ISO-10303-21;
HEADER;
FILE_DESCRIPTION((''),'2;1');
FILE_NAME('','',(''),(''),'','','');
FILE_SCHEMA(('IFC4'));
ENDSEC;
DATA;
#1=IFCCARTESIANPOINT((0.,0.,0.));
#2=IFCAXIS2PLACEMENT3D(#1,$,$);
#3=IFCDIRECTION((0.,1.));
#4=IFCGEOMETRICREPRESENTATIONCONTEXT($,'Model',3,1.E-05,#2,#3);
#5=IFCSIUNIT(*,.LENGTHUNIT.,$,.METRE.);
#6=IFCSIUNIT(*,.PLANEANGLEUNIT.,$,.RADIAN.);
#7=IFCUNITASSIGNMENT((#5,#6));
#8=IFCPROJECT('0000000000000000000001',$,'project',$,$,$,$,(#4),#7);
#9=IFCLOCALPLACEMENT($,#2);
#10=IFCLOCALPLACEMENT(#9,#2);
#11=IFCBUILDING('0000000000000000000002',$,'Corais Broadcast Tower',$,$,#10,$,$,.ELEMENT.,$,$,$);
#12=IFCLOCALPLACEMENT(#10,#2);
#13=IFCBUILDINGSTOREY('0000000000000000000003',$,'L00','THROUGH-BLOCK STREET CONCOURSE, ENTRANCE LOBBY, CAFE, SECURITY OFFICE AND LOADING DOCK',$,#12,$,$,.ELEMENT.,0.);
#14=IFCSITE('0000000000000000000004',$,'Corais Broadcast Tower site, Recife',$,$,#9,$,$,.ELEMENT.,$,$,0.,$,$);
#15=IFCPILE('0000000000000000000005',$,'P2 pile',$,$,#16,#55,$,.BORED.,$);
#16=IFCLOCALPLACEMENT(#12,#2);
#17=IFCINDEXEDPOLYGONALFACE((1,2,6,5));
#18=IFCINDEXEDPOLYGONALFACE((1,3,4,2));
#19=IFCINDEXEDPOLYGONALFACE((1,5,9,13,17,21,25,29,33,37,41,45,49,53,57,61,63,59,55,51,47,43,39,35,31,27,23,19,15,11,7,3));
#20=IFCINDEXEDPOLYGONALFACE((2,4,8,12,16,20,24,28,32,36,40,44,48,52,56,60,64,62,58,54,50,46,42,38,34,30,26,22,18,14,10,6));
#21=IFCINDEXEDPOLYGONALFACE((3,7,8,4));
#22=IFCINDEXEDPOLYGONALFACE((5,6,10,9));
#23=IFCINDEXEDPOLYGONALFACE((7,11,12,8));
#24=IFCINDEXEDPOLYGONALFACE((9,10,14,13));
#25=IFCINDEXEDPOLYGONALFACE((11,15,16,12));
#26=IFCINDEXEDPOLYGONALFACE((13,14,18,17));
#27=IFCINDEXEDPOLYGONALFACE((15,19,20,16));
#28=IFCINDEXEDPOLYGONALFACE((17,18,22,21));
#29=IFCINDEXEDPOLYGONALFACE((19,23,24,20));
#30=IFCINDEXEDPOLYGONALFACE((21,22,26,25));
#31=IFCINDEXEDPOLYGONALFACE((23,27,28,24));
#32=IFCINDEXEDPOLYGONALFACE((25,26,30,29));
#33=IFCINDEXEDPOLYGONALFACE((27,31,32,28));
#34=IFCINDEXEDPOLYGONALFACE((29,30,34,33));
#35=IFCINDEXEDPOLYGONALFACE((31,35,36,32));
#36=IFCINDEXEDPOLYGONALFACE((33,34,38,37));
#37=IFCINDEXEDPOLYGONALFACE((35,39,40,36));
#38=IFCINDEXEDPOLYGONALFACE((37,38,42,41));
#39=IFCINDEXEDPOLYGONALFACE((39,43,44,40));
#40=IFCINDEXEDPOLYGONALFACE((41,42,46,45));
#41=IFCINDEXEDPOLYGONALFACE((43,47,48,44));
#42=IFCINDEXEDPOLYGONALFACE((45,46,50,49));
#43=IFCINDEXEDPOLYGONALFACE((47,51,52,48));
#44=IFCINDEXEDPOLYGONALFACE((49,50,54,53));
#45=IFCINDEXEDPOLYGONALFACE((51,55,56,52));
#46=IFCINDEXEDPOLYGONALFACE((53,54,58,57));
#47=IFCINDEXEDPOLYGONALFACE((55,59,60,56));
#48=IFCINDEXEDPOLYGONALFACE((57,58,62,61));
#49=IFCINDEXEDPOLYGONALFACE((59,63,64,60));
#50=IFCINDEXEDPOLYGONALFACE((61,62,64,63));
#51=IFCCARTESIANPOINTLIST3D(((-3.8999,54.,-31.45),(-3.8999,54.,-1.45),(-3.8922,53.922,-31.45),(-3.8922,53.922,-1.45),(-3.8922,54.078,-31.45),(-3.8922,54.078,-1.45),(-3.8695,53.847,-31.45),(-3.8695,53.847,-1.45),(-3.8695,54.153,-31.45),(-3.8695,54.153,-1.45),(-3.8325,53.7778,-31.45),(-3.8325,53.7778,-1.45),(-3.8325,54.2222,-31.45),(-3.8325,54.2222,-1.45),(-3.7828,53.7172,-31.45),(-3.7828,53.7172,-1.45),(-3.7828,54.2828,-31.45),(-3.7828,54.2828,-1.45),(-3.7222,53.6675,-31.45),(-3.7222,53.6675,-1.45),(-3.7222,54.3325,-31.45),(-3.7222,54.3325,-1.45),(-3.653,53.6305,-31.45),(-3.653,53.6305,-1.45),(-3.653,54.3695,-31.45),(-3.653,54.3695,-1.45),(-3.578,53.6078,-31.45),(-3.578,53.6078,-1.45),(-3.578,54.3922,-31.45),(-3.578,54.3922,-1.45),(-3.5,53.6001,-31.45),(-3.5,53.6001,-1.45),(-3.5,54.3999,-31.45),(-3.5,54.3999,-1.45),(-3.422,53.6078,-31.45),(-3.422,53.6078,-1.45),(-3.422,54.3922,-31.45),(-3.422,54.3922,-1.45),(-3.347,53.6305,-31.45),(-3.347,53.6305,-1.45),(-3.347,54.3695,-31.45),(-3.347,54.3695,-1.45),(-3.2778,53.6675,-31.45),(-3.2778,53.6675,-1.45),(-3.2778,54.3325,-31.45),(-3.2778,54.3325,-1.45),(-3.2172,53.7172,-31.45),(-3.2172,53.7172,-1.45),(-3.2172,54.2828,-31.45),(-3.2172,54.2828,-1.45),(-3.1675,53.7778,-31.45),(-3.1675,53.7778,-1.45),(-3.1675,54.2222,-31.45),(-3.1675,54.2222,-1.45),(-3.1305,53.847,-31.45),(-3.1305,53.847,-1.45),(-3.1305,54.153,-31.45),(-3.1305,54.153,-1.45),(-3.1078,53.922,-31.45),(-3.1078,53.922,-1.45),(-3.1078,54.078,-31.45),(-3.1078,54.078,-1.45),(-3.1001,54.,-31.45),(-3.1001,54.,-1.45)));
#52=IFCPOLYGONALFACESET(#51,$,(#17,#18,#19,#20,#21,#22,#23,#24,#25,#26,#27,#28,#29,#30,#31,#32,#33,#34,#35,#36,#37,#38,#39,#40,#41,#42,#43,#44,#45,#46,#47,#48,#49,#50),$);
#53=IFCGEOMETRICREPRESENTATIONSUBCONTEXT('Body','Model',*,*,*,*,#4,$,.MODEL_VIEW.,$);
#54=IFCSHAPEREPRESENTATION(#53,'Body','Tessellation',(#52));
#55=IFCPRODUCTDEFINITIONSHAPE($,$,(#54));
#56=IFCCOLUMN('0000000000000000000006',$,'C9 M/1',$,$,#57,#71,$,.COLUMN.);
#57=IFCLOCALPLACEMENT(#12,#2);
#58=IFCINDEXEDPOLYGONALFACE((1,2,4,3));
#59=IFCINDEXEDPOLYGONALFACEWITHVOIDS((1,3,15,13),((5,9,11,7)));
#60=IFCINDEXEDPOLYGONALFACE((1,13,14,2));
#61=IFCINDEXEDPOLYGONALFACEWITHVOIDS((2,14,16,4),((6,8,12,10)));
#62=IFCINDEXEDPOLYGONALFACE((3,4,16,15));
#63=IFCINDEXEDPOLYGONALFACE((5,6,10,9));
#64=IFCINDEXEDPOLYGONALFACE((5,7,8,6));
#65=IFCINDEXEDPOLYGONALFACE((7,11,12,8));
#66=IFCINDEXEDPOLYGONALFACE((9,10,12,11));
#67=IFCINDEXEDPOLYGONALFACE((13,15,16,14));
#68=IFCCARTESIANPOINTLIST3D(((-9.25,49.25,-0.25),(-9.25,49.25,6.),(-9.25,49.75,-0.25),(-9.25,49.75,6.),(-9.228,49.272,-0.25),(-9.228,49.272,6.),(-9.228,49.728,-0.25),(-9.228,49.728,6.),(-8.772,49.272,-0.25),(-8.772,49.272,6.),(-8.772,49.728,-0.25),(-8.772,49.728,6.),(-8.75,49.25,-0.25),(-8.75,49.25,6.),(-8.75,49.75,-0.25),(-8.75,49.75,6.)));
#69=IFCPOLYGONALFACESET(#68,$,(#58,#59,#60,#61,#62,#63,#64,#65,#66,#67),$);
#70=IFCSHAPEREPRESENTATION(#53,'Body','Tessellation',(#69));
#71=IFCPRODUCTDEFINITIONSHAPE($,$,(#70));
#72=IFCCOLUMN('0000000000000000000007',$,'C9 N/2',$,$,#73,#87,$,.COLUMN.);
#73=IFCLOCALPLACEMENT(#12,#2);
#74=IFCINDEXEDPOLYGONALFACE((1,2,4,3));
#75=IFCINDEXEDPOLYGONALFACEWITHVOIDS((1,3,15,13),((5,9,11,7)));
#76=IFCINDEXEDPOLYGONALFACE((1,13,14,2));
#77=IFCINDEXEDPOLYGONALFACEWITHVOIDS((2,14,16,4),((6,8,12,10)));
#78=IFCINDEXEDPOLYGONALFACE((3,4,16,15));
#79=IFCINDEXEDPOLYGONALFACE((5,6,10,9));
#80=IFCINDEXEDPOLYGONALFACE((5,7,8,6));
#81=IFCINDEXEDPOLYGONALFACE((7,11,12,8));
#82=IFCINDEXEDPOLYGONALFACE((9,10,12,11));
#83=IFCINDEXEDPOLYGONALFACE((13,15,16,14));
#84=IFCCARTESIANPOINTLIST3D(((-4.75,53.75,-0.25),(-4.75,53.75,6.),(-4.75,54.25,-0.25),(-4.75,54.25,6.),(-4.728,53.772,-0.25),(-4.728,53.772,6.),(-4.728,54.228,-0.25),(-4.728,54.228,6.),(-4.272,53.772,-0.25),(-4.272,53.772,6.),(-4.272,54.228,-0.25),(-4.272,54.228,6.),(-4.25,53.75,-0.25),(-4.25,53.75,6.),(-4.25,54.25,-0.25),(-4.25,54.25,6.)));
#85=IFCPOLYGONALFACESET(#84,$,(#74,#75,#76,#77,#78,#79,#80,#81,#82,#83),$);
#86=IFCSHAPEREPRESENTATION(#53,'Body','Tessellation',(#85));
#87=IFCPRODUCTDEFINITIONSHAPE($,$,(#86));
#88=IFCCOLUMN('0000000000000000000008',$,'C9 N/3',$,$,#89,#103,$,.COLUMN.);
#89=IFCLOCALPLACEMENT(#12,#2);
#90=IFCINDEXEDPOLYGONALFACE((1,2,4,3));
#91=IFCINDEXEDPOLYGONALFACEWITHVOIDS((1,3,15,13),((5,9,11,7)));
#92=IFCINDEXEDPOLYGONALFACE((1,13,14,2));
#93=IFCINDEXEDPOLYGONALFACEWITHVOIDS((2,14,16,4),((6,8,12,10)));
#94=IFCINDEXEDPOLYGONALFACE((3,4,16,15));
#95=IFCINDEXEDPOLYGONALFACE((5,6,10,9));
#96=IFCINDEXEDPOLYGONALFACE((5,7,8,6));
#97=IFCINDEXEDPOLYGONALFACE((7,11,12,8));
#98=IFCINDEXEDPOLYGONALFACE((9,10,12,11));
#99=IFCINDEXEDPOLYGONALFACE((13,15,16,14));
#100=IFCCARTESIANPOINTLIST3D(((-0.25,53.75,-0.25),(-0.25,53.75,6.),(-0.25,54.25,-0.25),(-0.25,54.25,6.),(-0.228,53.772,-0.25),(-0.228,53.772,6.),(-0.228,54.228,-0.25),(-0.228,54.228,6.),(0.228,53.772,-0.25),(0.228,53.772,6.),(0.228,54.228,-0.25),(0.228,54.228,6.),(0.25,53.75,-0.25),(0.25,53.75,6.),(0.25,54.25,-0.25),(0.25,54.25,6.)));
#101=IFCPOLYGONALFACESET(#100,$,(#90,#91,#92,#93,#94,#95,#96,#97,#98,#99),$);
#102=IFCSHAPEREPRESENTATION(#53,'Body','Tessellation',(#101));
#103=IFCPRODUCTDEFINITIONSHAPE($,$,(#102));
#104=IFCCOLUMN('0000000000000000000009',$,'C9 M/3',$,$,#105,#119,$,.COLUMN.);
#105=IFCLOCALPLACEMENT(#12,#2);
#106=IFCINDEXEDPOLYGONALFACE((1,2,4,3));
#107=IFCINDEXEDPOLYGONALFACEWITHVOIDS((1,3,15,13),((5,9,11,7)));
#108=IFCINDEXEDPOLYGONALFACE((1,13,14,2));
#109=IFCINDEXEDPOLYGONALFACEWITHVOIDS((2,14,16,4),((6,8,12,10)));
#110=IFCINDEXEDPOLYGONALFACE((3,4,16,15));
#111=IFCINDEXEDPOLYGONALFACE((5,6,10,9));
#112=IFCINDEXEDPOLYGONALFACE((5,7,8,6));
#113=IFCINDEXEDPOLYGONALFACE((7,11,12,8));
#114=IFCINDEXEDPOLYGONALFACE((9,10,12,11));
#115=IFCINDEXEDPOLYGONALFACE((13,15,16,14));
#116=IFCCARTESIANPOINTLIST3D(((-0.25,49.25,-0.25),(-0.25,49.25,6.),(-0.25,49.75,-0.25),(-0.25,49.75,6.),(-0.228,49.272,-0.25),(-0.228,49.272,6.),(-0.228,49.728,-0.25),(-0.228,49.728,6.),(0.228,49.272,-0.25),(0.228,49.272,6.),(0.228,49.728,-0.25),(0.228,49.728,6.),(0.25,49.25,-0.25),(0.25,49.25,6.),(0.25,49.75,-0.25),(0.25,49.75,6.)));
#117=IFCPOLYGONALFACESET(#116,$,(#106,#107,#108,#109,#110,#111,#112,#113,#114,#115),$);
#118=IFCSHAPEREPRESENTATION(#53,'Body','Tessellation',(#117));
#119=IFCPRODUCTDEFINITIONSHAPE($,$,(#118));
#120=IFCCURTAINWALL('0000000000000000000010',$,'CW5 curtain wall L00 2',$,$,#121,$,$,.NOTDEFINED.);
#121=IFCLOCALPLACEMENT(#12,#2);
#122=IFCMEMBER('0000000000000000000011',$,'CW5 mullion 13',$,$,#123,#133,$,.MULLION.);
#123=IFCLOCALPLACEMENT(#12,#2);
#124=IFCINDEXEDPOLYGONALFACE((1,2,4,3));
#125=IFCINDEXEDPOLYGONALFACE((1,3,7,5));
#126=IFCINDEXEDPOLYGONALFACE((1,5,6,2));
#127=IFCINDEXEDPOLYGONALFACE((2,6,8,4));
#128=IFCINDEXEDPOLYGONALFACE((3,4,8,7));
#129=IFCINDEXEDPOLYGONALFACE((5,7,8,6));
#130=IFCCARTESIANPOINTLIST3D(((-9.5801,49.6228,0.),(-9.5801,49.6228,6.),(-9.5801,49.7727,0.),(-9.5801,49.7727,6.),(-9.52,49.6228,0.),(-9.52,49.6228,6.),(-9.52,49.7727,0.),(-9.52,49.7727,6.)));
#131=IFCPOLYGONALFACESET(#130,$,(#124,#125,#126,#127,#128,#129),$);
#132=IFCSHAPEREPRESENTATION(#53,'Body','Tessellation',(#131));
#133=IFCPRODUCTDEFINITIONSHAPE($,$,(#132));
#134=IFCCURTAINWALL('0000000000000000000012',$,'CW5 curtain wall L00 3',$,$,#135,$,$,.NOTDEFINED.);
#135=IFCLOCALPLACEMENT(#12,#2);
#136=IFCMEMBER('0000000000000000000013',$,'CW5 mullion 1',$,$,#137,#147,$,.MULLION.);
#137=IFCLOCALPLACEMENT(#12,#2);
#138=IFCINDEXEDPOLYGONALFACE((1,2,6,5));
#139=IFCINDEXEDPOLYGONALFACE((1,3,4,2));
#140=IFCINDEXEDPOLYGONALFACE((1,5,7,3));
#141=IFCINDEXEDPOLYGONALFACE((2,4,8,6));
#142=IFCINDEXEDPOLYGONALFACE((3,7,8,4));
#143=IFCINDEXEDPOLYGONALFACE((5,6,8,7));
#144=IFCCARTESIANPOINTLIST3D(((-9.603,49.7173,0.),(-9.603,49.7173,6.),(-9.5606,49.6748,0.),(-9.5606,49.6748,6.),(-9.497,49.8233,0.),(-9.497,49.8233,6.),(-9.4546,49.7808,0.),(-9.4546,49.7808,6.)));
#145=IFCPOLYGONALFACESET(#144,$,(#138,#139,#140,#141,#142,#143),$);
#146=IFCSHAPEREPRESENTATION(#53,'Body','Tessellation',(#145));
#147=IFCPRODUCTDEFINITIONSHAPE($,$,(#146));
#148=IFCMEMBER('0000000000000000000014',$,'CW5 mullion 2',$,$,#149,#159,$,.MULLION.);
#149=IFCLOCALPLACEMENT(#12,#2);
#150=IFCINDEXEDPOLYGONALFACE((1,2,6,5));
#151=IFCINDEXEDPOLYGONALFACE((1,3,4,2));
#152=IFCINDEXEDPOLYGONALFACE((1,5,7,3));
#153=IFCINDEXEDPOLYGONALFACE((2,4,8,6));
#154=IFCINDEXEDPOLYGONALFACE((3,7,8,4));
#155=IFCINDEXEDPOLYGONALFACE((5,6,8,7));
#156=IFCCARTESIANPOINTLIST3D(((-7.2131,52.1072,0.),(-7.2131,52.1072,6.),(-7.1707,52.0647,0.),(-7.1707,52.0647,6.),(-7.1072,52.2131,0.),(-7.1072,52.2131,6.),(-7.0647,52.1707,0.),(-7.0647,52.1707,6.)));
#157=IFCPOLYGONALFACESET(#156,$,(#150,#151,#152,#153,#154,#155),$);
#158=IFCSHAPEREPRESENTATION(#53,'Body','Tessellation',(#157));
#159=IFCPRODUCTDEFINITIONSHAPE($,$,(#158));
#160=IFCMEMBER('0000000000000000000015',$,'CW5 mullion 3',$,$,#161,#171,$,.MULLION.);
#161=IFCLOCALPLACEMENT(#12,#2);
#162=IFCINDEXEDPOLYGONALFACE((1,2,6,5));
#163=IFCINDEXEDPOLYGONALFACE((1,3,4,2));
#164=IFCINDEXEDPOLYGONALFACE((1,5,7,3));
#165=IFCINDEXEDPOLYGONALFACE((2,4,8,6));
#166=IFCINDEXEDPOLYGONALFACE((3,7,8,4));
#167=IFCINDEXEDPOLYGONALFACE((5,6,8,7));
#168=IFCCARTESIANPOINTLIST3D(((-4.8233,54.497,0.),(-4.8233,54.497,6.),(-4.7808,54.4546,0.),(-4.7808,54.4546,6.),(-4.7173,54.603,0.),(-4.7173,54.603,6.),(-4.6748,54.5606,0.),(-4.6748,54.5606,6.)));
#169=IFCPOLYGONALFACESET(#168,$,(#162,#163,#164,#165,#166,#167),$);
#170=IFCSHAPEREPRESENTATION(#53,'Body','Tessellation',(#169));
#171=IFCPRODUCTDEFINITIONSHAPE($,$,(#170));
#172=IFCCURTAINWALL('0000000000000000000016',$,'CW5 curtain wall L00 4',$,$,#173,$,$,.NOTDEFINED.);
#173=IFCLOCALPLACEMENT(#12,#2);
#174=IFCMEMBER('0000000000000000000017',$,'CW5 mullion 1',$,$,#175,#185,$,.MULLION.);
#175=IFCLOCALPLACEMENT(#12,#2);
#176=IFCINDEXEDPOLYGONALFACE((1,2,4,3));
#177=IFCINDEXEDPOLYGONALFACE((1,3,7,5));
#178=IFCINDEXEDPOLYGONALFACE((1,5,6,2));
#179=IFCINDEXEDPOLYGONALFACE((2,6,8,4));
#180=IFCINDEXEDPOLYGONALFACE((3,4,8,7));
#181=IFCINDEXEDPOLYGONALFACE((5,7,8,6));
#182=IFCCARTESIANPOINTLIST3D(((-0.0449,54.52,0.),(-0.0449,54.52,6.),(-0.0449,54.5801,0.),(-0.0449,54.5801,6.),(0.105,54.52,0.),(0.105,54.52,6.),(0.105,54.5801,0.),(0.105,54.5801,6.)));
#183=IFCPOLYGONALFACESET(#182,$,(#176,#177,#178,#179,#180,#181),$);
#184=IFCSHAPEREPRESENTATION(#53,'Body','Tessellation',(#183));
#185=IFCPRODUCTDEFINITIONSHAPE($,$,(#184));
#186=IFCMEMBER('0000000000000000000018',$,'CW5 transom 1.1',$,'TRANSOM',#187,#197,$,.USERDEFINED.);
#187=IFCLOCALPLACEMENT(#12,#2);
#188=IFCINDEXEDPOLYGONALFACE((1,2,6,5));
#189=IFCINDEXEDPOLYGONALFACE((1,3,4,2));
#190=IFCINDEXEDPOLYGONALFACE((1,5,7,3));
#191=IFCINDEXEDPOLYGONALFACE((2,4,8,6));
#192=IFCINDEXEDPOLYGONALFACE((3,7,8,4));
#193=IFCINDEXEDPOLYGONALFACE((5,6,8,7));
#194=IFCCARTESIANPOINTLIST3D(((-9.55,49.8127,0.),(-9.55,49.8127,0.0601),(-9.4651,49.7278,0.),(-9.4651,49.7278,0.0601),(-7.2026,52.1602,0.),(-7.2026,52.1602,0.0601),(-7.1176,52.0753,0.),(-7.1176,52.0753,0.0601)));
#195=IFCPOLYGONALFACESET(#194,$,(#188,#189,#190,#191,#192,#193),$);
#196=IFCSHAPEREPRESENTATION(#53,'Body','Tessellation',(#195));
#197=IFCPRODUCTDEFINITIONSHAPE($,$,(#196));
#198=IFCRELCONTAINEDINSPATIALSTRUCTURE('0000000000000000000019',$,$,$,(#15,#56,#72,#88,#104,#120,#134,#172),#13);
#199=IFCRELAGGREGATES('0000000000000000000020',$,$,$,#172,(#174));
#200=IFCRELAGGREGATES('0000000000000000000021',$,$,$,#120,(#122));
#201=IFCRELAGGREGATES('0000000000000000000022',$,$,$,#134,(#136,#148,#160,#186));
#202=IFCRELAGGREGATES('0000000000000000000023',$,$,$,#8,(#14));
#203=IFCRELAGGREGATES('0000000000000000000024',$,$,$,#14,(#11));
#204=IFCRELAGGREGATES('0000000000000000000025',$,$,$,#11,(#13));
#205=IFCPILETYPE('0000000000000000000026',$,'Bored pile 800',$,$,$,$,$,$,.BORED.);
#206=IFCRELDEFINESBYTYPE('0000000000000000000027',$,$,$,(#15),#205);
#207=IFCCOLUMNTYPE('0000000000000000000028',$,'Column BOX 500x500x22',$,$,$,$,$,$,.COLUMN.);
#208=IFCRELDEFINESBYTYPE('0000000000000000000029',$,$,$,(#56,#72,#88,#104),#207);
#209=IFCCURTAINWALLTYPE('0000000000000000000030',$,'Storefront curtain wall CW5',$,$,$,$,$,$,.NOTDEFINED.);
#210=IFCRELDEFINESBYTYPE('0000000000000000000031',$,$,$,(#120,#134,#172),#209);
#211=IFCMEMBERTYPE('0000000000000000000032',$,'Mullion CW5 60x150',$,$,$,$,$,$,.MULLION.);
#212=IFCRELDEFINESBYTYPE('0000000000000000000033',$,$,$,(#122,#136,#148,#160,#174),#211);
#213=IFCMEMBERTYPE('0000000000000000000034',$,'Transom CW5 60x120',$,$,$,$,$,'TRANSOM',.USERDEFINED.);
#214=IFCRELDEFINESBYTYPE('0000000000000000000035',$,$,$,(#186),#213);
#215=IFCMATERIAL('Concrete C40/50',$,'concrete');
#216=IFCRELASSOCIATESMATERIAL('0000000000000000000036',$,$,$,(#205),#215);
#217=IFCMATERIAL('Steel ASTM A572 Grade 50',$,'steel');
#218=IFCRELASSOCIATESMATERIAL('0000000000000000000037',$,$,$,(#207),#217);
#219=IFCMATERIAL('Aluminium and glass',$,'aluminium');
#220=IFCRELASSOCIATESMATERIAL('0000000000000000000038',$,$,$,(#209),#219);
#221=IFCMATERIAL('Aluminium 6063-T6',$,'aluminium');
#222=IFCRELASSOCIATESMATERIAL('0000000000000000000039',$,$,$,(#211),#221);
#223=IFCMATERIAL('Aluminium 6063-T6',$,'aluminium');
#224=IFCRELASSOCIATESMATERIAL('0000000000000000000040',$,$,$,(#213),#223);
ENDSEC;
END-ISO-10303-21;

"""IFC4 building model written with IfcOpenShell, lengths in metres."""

from ifc_helpers import new_model, si_unit, direction, frame, origin, origin_2d, place, context, subcontext, project, spatial, rectangle, hollow_rectangle, circle, extrude, material, material_profile, profile_set, type_object, element, aggregate, save


model = new_model("IFC4")

# Units and contexts
model_context = context("Model", 3, precision=1e-05, world=origin(), true_north=direction((0.0, 1.0)))
body_context = subcontext(model_context, "Body", "Model", "MODEL_VIEW")
ifc_project = project(units=[si_unit("LENGTHUNIT", "METRE"), si_unit("PLANEANGLEUNIT", "RADIAN")], contexts=[model_context])

# Site, building, storey
site_placement = place(None, origin())
site = spatial("IfcSite", under=ifc_project, at=site_placement, Name="Corais Broadcast Tower site, Recife", CompositionType="ELEMENT", RefElevation=0.0)
building_placement = place(site_placement, origin())
building = spatial("IfcBuilding", under=site, at=building_placement, Name="Corais Broadcast Tower", CompositionType="ELEMENT")
storey_placement = place(building_placement, origin())
storey = spatial("IfcBuildingStorey", under=building, at=storey_placement, Name="L00", Description="THROUGH-BLOCK STREET CONCOURSE, ENTRANCE LOBBY, CAFE, SECURITY OFFICE AND LOADING DOCK", CompositionType="ELEMENT", Elevation=0.0)

# Pile
ifc_material_1 = material(Name="Concrete C40/50", Category="concrete")
pile_type_1 = type_object("IfcPileType", Name="Bored pile 800", PredefinedType="BORED", material=ifc_material_1)
for number, where, z_axis, x_axis, name in (
    (1, (-3.5, 54.0, -1.45), (0.0, 0.0, -1.0), (1.0, 0.0, 0.0), "P2 pile"),
):
    element("IfcPile", number, at=place(storey_placement, frame(where, z_axis=z_axis, x_axis=x_axis)), inside=storey, type_object=pile_type_1, Name=name, PredefinedType="BORED", context=body_context, shape_type="SweptSolid", body=[
        extrude(circle(Radius=0.3999, at=origin_2d()), origin(), (0.0, 0.0, 1.0), 30.0),
    ])

# Columns
ifc_material_2 = material(Name="Steel ASTM A572 Grade 50", Category="steel")
ifc_material_profile_1 = material_profile(ifc_material_2, hollow_rectangle(XDim=0.5, YDim=0.5, WallThickness=0.022, at=origin_2d()), Name="BOX 500x500x22")
ifc_profile_set_1 = profile_set([ifc_material_profile_1], Name="Steel ASTM A572 Grade 50")
column_type = type_object("IfcColumnType", Name="Column BOX 500x500x22", PredefinedType="COLUMN", material=ifc_profile_set_1)
for number, where, z_axis, x_axis, name in (
    (2, (-9.0, 49.5, -0.25), (0.0, 0.0, 1.0), (1.0, 0.0, 0.0), "C9 M/1"),
    (3, (-4.5, 54.0, -0.25), (0.0, 0.0, 1.0), (1.0, 0.0, 0.0), "C9 N/2"),
    (4, (0.0, 54.0, -0.25), (0.0, 0.0, 1.0), (1.0, 0.0, 0.0), "C9 N/3"),
    (5, (0.0, 49.5, -0.25), (0.0, 0.0, 1.0), (1.0, 0.0, 0.0), "C9 M/3"),
):
    element("IfcColumn", number, at=place(storey_placement, frame(where, z_axis=z_axis, x_axis=x_axis)), inside=storey, type_object=column_type, Name=name, PredefinedType="COLUMN", context=body_context, shape_type="SweptSolid", body=[
        extrude(hollow_rectangle(XDim=0.5, YDim=0.5, WallThickness=0.022, at=origin_2d()), origin(), (0.0, 0.0, 1.0), 6.25),
    ])

# Curtain wall, member
ifc_material_3 = material(Name="Aluminium and glass", Category="aluminium")
curtain_wall_type = type_object("IfcCurtainWallType", Name="Storefront curtain wall CW5", PredefinedType="NOTDEFINED", material=ifc_material_3)
curtain_wall_1_placement = place(storey_placement, origin())
curtain_wall_1 = element("IfcCurtainWall", 6, at=curtain_wall_1_placement, inside=storey, type_object=curtain_wall_type, Name="CW5 curtain wall L00 2", PredefinedType="NOTDEFINED")
ifc_material_4 = material(Name="Aluminium 6063-T6", Category="aluminium")
ifc_material_profile_2 = material_profile(ifc_material_4, rectangle(XDim=0.0601, YDim=0.1499, at=origin_2d()), Name="Mullion CW5 60x150")
ifc_profile_set_2 = profile_set([ifc_material_profile_2], Name="Aluminium 6063-T6")
member_type_1 = type_object("IfcMemberType", Name="Mullion CW5 60x150", PredefinedType="MULLION", material=ifc_profile_set_2)
member_1_placement = place(storey_placement, frame((-9.55, 49.6978, 0.0), z_axis=(0.0, 0.0, 1.0), x_axis=(-1.0, 0.0, 0.0)))
member_1 = element("IfcMember", 7, at=member_1_placement, type_object=member_type_1, Name="CW5 mullion 13", PredefinedType="MULLION", context=body_context, shape_type="SweptSolid", body=[
    extrude(rectangle(XDim=0.0601, YDim=0.1499, at=origin_2d()), origin(), (0.0, 0.0, 1.0), 6.0),
])

# Curtain wall, members
curtain_wall_2_placement = place(storey_placement, origin())
curtain_wall_2 = element("IfcCurtainWall", 8, at=curtain_wall_2_placement, inside=storey, type_object=curtain_wall_type, Name="CW5 curtain wall L00 3", PredefinedType="NOTDEFINED")
member_2_placement = place(storey_placement, frame((-9.5288, 49.749, 0.0), z_axis=(0.0, 0.0, 1.0), x_axis=(-0.707107, 0.707107, 0.0)))
member_2 = element("IfcMember", 9, at=member_2_placement, type_object=member_type_1, Name="CW5 mullion 1", PredefinedType="MULLION", context=body_context, shape_type="SweptSolid", body=[
    extrude(rectangle(XDim=0.0601, YDim=0.1499, at=origin_2d()), origin(), (0.0, 0.0, 1.0), 6.0),
])
member_3_placement = place(storey_placement, frame((-7.1389, 52.1389, 0.0), z_axis=(0.0, 0.0, 1.0), x_axis=(-0.707107, 0.707107, 0.0)))
member_3 = element("IfcMember", 10, at=member_3_placement, type_object=member_type_1, Name="CW5 mullion 2", PredefinedType="MULLION", context=body_context, shape_type="SweptSolid", body=[
    extrude(rectangle(XDim=0.0601, YDim=0.1499, at=origin_2d()), origin(), (0.0, 0.0, 1.0), 6.0),
])
member_4_placement = place(storey_placement, frame((-4.749, 54.5288, 0.0), z_axis=(0.0, 0.0, 1.0), x_axis=(-0.707107, 0.707107, 0.0)))
member_4 = element("IfcMember", 11, at=member_4_placement, type_object=member_type_1, Name="CW5 mullion 3", PredefinedType="MULLION", context=body_context, shape_type="SweptSolid", body=[
    extrude(rectangle(XDim=0.0601, YDim=0.1499, at=origin_2d()), origin(), (0.0, 0.0, 1.0), 6.0),
])

# Curtain wall, member
curtain_wall_3_placement = place(storey_placement, origin())
curtain_wall_3 = element("IfcCurtainWall", 12, at=curtain_wall_3_placement, inside=storey, type_object=curtain_wall_type, Name="CW5 curtain wall L00 4", PredefinedType="NOTDEFINED")
member_5_placement = place(storey_placement, frame((0.03, 54.55, 0.0), z_axis=(0.0, 0.0, 1.0), x_axis=(0.0, 1.0, 0.0)))
member_5 = element("IfcMember", 13, at=member_5_placement, type_object=member_type_1, Name="CW5 mullion 1", PredefinedType="MULLION", context=body_context, shape_type="SweptSolid", body=[
    extrude(rectangle(XDim=0.0601, YDim=0.1499, at=origin_2d()), origin(), (0.0, 0.0, 1.0), 6.0),
])

# Member
ifc_material_5 = material(Name="Aluminium 6063-T6", Category="aluminium")
ifc_material_profile_3 = material_profile(ifc_material_5, rectangle(XDim=0.1201, YDim=0.0601, at=origin_2d()), Name="Transom CW5 60x120")
ifc_profile_set_3 = profile_set([ifc_material_profile_3], Name="Aluminium 6063-T6")
member_type_2 = type_object("IfcMemberType", Name="Transom CW5 60x120", ElementType="TRANSOM", PredefinedType="USERDEFINED", material=ifc_profile_set_3)
member_6_placement = place(storey_placement, frame((-9.5076, 49.7703, 0.03), z_axis=(0.707107, 0.707107, 0.0), x_axis=(-0.707107, 0.707107, 0.0)))
member_6 = element("IfcMember", 14, at=member_6_placement, type_object=member_type_2, Name="CW5 transom 1.1", ObjectType="TRANSOM", PredefinedType="USERDEFINED", context=body_context, shape_type="SweptSolid", body=[
    extrude(rectangle(XDim=0.1201, YDim=0.0601, at=origin_2d()), origin(), (0.0, 0.0, 1.0), 3.3198),
])

aggregate(curtain_wall_3, [member_5])
aggregate(curtain_wall_1, [member_1])
aggregate(curtain_wall_2, [member_2, member_3, member_4, member_6])

save(model, "model.ifc")
